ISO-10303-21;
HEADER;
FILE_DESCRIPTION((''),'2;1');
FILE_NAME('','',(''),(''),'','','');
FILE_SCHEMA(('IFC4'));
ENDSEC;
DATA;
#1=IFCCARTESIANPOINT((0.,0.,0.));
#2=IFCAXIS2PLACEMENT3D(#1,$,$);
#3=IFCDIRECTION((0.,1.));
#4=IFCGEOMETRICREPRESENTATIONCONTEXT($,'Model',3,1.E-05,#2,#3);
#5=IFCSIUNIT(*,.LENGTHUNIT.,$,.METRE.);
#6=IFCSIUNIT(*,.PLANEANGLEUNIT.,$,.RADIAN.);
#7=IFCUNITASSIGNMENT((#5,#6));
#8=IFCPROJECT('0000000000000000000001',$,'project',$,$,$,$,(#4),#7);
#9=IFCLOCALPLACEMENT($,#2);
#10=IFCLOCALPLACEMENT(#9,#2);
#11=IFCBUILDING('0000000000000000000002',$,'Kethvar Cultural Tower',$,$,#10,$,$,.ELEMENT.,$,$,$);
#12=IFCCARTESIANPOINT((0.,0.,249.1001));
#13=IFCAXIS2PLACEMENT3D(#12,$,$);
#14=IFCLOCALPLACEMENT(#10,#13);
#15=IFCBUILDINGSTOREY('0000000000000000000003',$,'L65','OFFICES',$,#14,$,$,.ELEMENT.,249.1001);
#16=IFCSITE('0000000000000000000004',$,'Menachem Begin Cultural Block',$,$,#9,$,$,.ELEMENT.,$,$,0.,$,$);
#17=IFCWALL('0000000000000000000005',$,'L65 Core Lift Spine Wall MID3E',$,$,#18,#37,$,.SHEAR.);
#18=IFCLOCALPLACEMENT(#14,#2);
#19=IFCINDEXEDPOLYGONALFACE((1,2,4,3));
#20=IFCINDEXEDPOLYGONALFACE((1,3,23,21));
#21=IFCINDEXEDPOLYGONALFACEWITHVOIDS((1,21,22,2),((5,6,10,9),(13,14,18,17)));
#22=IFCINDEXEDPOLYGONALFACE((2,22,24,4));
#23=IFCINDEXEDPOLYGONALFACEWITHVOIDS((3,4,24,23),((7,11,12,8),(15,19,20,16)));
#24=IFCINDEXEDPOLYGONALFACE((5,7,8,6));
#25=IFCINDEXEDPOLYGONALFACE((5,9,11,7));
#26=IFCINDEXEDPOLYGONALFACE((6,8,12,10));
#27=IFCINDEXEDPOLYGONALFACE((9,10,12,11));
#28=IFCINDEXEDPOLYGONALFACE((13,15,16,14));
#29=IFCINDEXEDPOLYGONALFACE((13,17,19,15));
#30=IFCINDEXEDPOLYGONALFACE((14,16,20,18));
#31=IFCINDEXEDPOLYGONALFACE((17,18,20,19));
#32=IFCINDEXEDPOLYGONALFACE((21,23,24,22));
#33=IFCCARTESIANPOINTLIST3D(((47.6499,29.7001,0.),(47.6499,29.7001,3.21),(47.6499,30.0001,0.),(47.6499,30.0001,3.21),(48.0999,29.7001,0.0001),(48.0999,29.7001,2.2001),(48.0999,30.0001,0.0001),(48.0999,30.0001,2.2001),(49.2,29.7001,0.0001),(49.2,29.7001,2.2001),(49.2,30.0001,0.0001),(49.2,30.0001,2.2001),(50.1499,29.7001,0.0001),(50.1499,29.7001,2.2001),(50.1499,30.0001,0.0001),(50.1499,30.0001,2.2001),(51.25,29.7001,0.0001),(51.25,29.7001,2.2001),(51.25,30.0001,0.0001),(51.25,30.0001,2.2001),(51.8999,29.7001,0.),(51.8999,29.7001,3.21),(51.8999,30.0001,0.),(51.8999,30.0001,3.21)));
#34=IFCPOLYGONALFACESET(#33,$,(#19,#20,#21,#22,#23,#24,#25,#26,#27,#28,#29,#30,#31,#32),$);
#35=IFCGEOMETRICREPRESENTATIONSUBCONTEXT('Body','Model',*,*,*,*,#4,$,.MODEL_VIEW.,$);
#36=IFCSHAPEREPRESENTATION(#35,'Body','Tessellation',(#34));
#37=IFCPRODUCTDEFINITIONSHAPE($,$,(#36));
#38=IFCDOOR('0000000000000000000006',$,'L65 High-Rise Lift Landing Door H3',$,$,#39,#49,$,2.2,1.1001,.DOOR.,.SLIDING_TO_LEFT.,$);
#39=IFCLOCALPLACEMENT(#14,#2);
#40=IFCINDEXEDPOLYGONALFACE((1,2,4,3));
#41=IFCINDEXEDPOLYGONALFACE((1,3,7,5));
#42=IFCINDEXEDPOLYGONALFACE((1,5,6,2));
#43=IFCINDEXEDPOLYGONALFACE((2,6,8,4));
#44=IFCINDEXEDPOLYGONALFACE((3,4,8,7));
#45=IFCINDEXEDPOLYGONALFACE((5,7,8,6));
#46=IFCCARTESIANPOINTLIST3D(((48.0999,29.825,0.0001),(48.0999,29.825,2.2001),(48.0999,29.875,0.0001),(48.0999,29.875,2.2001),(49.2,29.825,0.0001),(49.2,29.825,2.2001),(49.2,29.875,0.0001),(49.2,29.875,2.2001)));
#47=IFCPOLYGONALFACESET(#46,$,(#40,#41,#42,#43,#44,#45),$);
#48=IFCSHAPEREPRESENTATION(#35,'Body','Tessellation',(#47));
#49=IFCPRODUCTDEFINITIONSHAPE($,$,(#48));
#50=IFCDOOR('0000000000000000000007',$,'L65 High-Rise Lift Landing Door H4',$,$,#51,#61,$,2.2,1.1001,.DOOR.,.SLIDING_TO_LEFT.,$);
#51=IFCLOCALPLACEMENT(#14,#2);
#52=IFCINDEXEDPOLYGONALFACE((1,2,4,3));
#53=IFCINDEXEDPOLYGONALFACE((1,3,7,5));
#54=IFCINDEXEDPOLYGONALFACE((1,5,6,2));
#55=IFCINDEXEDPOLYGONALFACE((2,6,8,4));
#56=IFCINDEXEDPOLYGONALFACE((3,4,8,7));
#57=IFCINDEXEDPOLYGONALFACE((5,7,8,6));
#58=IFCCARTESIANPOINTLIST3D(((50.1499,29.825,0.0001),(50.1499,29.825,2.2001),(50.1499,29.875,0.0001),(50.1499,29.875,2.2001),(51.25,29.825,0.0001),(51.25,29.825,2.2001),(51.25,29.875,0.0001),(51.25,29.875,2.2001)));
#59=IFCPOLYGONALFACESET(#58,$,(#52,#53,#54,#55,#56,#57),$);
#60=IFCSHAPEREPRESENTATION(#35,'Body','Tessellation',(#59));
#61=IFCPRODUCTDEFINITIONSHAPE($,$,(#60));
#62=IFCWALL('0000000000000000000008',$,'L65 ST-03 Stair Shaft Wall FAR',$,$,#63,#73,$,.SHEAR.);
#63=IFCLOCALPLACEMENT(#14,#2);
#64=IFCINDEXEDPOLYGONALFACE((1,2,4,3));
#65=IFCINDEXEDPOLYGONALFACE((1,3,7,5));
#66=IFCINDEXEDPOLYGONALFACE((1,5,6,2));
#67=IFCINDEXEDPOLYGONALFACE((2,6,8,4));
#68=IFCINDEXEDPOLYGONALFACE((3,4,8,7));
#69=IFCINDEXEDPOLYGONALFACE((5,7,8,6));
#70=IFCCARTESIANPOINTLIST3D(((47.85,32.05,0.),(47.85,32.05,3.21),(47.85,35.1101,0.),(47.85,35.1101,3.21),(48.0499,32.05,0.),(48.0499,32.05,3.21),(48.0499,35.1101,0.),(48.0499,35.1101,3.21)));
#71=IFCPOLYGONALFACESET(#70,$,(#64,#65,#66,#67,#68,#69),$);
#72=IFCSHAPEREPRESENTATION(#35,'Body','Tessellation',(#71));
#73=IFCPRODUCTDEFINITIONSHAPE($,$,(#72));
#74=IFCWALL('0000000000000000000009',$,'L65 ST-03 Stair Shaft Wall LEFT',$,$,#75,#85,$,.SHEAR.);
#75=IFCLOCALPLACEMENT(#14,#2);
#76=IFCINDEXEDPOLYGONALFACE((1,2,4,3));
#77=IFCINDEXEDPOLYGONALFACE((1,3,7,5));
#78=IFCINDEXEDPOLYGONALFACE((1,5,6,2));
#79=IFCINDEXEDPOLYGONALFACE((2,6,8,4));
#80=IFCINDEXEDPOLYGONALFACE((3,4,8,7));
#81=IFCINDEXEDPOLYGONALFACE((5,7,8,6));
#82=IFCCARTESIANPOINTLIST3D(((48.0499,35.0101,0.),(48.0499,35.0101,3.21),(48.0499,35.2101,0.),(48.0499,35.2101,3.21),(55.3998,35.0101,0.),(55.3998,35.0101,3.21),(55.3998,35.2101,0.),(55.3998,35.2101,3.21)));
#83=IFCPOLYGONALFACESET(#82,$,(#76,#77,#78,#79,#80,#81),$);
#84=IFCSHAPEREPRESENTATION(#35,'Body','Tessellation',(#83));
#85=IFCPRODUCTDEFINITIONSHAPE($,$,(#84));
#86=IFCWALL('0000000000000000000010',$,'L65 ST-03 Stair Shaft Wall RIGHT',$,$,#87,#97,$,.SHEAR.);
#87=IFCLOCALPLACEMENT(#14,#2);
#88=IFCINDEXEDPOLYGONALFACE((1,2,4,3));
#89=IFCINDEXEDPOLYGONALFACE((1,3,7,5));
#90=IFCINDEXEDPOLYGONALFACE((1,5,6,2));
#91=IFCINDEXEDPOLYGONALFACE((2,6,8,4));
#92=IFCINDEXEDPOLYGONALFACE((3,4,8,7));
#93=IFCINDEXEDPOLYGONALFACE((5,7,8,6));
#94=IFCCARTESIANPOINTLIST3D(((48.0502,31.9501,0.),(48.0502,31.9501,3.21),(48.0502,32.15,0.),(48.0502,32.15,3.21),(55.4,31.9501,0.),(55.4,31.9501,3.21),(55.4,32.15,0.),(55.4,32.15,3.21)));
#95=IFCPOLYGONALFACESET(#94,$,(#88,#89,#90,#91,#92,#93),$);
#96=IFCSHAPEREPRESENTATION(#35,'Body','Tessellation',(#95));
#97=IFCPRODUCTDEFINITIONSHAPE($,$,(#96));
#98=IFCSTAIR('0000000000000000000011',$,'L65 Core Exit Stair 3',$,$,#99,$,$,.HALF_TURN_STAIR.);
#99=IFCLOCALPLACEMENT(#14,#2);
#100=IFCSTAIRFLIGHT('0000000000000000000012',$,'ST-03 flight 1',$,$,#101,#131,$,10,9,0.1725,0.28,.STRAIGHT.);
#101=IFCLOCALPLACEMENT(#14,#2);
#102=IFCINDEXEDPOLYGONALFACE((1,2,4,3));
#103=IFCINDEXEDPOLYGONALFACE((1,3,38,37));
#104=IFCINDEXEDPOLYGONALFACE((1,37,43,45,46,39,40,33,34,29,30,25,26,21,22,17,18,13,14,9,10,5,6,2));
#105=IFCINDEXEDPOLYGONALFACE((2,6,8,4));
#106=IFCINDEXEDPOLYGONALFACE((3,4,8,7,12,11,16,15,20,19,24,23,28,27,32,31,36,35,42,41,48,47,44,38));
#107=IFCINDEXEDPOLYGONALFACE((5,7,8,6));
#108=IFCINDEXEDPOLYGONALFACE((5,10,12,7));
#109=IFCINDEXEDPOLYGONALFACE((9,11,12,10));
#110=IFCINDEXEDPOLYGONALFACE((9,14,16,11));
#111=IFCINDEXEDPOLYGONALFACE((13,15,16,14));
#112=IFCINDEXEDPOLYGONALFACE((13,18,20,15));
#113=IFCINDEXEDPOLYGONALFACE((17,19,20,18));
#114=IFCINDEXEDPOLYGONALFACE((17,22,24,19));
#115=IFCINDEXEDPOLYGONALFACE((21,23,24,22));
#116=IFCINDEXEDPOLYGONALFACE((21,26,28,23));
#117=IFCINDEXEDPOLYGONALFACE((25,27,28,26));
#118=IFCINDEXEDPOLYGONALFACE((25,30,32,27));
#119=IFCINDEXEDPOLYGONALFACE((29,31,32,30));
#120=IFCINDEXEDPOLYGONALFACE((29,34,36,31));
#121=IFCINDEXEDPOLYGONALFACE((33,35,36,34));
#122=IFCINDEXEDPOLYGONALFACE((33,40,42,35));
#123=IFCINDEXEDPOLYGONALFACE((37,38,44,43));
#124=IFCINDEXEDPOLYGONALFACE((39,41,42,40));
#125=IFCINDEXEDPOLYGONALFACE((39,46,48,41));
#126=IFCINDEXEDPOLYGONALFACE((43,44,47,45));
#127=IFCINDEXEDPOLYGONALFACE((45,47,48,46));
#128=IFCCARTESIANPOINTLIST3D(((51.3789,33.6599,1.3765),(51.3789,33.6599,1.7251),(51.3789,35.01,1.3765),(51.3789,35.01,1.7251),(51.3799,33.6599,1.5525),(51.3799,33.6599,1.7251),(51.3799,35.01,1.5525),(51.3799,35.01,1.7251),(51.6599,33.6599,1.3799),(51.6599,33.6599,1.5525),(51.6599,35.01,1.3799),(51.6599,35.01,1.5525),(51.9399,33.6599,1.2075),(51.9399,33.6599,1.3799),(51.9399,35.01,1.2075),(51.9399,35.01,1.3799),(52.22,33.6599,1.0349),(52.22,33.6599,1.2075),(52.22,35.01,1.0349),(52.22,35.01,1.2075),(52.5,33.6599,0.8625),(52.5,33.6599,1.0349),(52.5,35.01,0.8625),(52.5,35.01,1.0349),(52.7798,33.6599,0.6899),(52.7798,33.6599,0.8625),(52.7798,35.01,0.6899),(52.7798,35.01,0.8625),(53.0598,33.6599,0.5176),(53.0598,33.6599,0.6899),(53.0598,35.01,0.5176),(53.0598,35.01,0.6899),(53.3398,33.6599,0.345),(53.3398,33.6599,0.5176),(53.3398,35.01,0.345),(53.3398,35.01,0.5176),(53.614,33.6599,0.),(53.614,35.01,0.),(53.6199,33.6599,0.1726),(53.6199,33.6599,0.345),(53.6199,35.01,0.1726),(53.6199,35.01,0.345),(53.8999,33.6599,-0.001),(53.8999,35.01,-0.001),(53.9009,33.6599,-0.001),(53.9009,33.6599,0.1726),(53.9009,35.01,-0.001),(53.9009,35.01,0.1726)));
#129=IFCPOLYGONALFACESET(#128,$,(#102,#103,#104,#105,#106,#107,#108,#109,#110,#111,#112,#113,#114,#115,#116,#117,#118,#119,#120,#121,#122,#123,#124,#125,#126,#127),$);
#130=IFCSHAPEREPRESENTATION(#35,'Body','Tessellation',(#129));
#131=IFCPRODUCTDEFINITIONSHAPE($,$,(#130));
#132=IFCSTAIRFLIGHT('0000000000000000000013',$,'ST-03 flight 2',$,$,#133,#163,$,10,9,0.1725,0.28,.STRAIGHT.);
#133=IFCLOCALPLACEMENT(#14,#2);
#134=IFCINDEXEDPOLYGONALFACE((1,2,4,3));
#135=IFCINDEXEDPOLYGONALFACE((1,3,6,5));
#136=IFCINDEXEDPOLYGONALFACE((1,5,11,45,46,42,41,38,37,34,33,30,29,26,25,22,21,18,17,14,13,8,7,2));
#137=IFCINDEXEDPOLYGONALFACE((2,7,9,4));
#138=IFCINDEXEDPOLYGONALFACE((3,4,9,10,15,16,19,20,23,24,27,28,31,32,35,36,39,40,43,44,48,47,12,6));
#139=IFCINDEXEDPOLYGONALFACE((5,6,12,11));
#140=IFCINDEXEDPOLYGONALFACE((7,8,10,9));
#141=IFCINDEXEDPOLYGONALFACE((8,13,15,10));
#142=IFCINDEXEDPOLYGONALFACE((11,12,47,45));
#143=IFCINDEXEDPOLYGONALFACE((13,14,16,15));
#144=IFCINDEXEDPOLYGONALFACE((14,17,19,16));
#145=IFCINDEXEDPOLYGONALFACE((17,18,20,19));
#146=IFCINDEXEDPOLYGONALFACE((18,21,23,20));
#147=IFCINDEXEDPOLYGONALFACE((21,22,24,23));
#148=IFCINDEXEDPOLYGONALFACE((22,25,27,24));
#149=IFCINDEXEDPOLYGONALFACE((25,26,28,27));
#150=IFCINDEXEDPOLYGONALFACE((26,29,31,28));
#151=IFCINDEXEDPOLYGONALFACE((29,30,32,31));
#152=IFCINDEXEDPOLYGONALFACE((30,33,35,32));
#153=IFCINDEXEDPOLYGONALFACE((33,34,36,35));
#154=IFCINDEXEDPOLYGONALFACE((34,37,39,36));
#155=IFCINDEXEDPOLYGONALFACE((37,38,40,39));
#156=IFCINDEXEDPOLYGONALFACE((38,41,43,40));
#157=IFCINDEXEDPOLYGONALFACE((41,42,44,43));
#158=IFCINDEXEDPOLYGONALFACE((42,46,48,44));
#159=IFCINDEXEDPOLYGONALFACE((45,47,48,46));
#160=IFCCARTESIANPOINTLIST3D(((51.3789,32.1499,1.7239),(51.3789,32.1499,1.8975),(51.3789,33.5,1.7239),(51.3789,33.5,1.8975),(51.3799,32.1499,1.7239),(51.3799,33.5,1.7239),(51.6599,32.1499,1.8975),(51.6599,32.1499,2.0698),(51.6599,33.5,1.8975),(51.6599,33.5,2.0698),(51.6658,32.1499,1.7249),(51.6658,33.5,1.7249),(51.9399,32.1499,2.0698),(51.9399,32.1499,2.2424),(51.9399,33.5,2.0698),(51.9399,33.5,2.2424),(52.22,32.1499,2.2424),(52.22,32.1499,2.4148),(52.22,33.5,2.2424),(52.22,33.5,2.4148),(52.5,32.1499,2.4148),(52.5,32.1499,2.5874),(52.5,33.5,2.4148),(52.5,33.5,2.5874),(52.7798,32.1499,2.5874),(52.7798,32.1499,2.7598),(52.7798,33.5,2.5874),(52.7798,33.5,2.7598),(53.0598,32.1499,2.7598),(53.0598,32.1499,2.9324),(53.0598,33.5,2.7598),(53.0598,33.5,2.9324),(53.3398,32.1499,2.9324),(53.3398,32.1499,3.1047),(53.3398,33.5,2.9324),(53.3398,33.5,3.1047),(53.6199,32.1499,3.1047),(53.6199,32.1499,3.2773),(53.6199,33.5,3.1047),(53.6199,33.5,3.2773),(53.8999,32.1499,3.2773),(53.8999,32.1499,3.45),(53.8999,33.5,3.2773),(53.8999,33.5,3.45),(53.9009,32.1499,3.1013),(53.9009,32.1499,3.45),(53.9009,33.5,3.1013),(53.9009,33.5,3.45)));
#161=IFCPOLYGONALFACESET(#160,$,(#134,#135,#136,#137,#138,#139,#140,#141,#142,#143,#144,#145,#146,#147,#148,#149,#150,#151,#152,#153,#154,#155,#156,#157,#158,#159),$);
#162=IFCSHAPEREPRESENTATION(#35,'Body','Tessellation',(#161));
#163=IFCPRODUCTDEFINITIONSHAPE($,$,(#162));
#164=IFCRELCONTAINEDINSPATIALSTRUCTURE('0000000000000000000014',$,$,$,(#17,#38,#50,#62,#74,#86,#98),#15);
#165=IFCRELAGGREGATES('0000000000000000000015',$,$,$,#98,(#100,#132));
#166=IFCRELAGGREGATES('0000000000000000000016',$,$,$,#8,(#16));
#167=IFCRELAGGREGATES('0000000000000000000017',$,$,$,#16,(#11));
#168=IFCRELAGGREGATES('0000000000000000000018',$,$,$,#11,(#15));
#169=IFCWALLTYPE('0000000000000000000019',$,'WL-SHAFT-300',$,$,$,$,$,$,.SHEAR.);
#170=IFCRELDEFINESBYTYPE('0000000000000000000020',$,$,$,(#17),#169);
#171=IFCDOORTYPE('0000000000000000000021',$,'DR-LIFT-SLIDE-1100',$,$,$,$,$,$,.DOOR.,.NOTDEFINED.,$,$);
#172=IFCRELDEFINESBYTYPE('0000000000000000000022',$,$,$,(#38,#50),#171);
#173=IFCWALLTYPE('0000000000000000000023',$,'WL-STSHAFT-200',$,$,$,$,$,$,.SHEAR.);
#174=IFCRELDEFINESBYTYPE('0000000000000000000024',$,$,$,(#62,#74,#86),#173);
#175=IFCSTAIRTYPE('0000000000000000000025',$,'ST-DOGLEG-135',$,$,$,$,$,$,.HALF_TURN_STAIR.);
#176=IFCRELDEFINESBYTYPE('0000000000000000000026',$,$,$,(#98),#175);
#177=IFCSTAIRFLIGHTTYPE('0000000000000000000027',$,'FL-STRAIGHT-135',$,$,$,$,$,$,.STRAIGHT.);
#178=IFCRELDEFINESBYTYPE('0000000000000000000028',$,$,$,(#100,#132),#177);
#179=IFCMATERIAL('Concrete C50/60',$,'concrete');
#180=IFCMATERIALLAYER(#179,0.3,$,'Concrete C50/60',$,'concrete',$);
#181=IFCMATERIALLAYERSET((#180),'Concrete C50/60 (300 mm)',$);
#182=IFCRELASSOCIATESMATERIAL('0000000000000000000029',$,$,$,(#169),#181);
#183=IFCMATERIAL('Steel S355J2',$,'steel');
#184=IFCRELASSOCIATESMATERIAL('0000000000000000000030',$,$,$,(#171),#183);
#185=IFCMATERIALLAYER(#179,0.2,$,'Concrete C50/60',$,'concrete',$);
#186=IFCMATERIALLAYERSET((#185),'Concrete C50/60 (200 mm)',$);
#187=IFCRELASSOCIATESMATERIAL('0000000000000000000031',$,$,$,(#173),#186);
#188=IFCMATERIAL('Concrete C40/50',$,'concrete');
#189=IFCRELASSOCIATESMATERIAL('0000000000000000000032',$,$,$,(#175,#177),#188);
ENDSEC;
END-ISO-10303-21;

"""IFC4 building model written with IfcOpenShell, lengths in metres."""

from ifc_helpers import new_model, si_unit, direction, frame, frame_2d, origin, place, context, subcontext, project, spatial, polyline, rectangle, outline, extrude, source, transform, mapped, material, layer, layer_set, type_object, element, fill, aggregate, save


model = new_model("IFC4")

# Units and contexts
model_context = context("Model", 3, precision=1e-05, world=origin(), true_north=direction((0.0, 1.0)))
body_context = subcontext(model_context, "Body", "Model", "MODEL_VIEW")
ifc_project = project(units=[si_unit("LENGTHUNIT", "METRE"), si_unit("PLANEANGLEUNIT", "RADIAN")], contexts=[model_context])

# Site, building, storey
site_placement = place(None, origin())
site = spatial("IfcSite", under=ifc_project, at=site_placement, Name="Menachem Begin Cultural Block", CompositionType="ELEMENT", RefElevation=0.0)
building_placement = place(site_placement, origin())
building = spatial("IfcBuilding", under=site, at=building_placement, Name="Kethvar Cultural Tower", CompositionType="ELEMENT")
storey_placement = place(building_placement, frame((0.0, 0.0, 249.1001)))
storey = spatial("IfcBuildingStorey", under=building, at=storey_placement, Name="L65", Description="OFFICES", CompositionType="ELEMENT", Elevation=249.1001)

# Shared definitions
ifc_material_1 = material(Name="Steel S355J2", Category="steel")

# Shared definitions
ifc_material_2 = material(Name="Concrete C40/50", Category="concrete")

# Wall, openings, doors
ifc_material_3 = material(Name="Concrete C50/60", Category="concrete")
ifc_layer_1 = layer(ifc_material_3, 0.3, Name="Concrete C50/60", Category="concrete")
ifc_layer_set_1 = layer_set([ifc_layer_1], Name="Concrete C50/60 (300 mm)")
wall_type_1 = type_object("IfcWallType", Name="WL-SHAFT-300", PredefinedType="SHEAR", material=ifc_layer_set_1)
wall_1_placement = place(storey_placement, frame((47.6499, 29.8501, 0.0), z_axis=(0.0, 0.0, 1.0), x_axis=(1.0, 0.0, 0.0)))
wall_1 = element("IfcWall", 1, at=wall_1_placement, inside=storey, type_object=wall_type_1, Name="L65 Core Lift Spine Wall MID3E", PredefinedType="SHEAR", context=body_context, shape_type="SweptSolid", body=[
    extrude(rectangle(XDim=4.25, YDim=0.3, at=frame_2d((2.125, 0.0))), origin(), (0.0, 0.0, 1.0), 3.21),
])
opening_1_placement = place(wall_1_placement, frame((0.45, 0.0, 0.0)))
opening_1 = element("IfcOpeningElement", 2, at=opening_1_placement, cuts=wall_1, PredefinedType="OPENING", context=body_context, shape_type="SweptSolid", body=[
    extrude(rectangle(XDim=1.1001, YDim=2.2, at=frame_2d((0.55, 1.1001))), frame((0.0, 0.1599, 0.0), z_axis=(0.0, -1.0, 0.0), x_axis=(1.0, 0.0, 0.0)), (0.0, 0.0, 1.0), 0.3201),
])
opening_2_placement = place(wall_1_placement, frame((2.5, 0.0, 0.0)))
opening_2 = element("IfcOpeningElement", 3, at=opening_2_placement, cuts=wall_1, PredefinedType="OPENING", context=body_context, shape_type="SweptSolid", body=[
    extrude(rectangle(XDim=1.1001, YDim=2.2, at=frame_2d((0.55, 1.1001))), frame((0.0, 0.1599, 0.0), z_axis=(0.0, -1.0, 0.0), x_axis=(1.0, 0.0, 0.0)), (0.0, 0.0, 1.0), 0.3201),
])
door_type = type_object("IfcDoorType", Name="DR-LIFT-SLIDE-1100", OperationType="NOTDEFINED", PredefinedType="DOOR", material=ifc_material_1)
shared_shape_1 = source(origin(), body_context, "Body", "SweptSolid", [
    extrude(rectangle(XDim=1.1001, YDim=2.2, at=frame_2d((0.55, 1.1001))), frame((0.0, 0.0249, 0.0), z_axis=(0.0, -1.0, 0.0), x_axis=(1.0, 0.0, 0.0)), (0.0, 0.0, 1.0), 0.05),
])
door_1_placement = place(opening_1_placement, origin())
door_1 = element("IfcDoor", 4, at=door_1_placement, inside=storey, type_object=door_type, Name="L65 High-Rise Lift Landing Door H3", OperationType="SLIDING_TO_LEFT", OverallHeight=2.2, OverallWidth=1.1001, PredefinedType="DOOR", context=body_context, shape_type="MappedRepresentation", body=[
    mapped(shared_shape_1, transform((0.0, 0.0, 0.0), scale=1.0)),
])
fill(opening_1, door_1)
door_2_placement = place(opening_2_placement, origin())
door_2 = element("IfcDoor", 5, at=door_2_placement, inside=storey, type_object=door_type, Name="L65 High-Rise Lift Landing Door H4", OperationType="SLIDING_TO_LEFT", OverallHeight=2.2, OverallWidth=1.1001, PredefinedType="DOOR", context=body_context, shape_type="MappedRepresentation", body=[
    mapped(shared_shape_1, transform((0.0, 0.0, 0.0), scale=1.0)),
])
fill(opening_2, door_2)

# Walls
ifc_layer_2 = layer(ifc_material_3, 0.2, Name="Concrete C50/60", Category="concrete")
ifc_layer_set_2 = layer_set([ifc_layer_2], Name="Concrete C50/60 (200 mm)")
wall_type_2 = type_object("IfcWallType", Name="WL-STSHAFT-200", PredefinedType="SHEAR", material=ifc_layer_set_2)
wall_2_placement = place(storey_placement, frame((47.95, 32.05, 0.0), z_axis=(0.0, 0.0, 1.0), x_axis=(0.0, 1.0, 0.0)))
element("IfcWall", 6, at=wall_2_placement, inside=storey, type_object=wall_type_2, Name="L65 ST-03 Stair Shaft Wall FAR", PredefinedType="SHEAR", context=body_context, shape_type="SweptSolid", body=[
    extrude(rectangle(XDim=3.0601, YDim=0.2, at=frame_2d((1.53, 0.0))), origin(), (0.0, 0.0, 1.0), 3.21),
])
for number, where, z_axis, x_axis, name in (
    (7, (48.05, 35.1101, 0.0), (0.0, 0.0, 1.0), (1.0, 0.0, 0.0), "L65 ST-03 Stair Shaft Wall LEFT"),
    (8, (55.3999, 32.05, 0.0), (0.0, 0.0, 1.0), (-1.0, 0.0, 0.0), "L65 ST-03 Stair Shaft Wall RIGHT"),
):
    element("IfcWall", number, at=place(storey_placement, frame(where, z_axis=z_axis, x_axis=x_axis)), inside=storey, type_object=wall_type_2, Name=name, PredefinedType="SHEAR", context=body_context, shape_type="SweptSolid", body=[
        extrude(rectangle(XDim=7.3499, YDim=0.2, at=frame_2d((3.6748, 0.0))), origin(), (0.0, 0.0, 1.0), 3.21),
    ])

# Stair, stair flights
stair_type = type_object("IfcStairType", Name="ST-DOGLEG-135", PredefinedType="HALF_TURN_STAIR", material=ifc_material_2)
stair_placement = place(storey_placement, origin())
stair = element("IfcStair", 9, at=stair_placement, inside=storey, type_object=stair_type, Name="L65 Core Exit Stair 3", PredefinedType="HALF_TURN_STAIR")
stair_flight_type = type_object("IfcStairFlightType", Name="FL-STRAIGHT-135", PredefinedType="STRAIGHT", material=ifc_material_2)
stair_flight_1_placement = place(storey_placement, frame((53.8999, 34.335, 0.0), z_axis=(0.0, 0.0, 1.0), x_axis=(-1.0, 0.0, 0.0)))
stair_flight_1 = element("IfcStairFlight", 10, at=stair_flight_1_placement, type_object=stair_flight_type, Name="ST-03 flight 1", NumberOfRisers=10, NumberOfTreads=9, PredefinedType="STRAIGHT", RiserHeight=0.1725, TreadLength=0.28, context=body_context, shape_type="SweptSolid", body=[
    extrude(outline(polyline([(-0.001, -0.001), (-0.001, 0.1726), (0.28, 0.1726), (0.28, 0.345), (0.5601, 0.345), (0.5601, 0.5176), (0.8401, 0.5176), (0.8401, 0.6899), (1.1201, 0.6899), (1.1201, 0.8625), (1.3999, 0.8625), (1.3999, 1.0349), (1.6799, 1.0349), (1.6799, 1.2075), (1.96, 1.2075), (1.96, 1.3799), (2.24, 1.3799), (2.24, 1.5525), (2.52, 1.5525), (2.52, 1.7251), (2.521, 1.7251), (2.521, 1.3765), (0.2859, 0.0), (0.0, -0.001), (-0.001, -0.001)])), frame((0.0, 0.675, 0.0), z_axis=(0.0, -1.0, 0.0), x_axis=(1.0, 0.0, 0.0)), (0.0, 0.0, 1.0), 1.3501),
])
stair_flight_2_placement = place(storey_placement, frame((51.3799, 32.825, 1.7249), z_axis=(0.0, 0.0, 1.0), x_axis=(1.0, 0.0, 0.0)))
stair_flight_2 = element("IfcStairFlight", 11, at=stair_flight_2_placement, type_object=stair_flight_type, Name="ST-03 flight 2", NumberOfRisers=10, NumberOfTreads=9, PredefinedType="STRAIGHT", RiserHeight=0.1725, TreadLength=0.28, context=body_context, shape_type="SweptSolid", body=[
    extrude(outline(polyline([(-0.001, -0.001), (-0.001, 0.1726), (0.28, 0.1726), (0.28, 0.345), (0.5601, 0.345), (0.5601, 0.5176), (0.8401, 0.5176), (0.8401, 0.6899), (1.1201, 0.6899), (1.1201, 0.8625), (1.3999, 0.8625), (1.3999, 1.0349), (1.6799, 1.0349), (1.6799, 1.2075), (1.96, 1.2075), (1.96, 1.3799), (2.24, 1.3799), (2.24, 1.5525), (2.52, 1.5525), (2.52, 1.7251), (2.521, 1.7251), (2.521, 1.3765), (0.2859, 0.0), (0.0, -0.001), (-0.001, -0.001)])), frame((0.0, 0.675, 0.0), z_axis=(0.0, -1.0, 0.0), x_axis=(1.0, 0.0, 0.0)), (0.0, 0.0, 1.0), 1.3501),
])
aggregate(stair, [stair_flight_1, stair_flight_2])

save(model, "model.ifc")
